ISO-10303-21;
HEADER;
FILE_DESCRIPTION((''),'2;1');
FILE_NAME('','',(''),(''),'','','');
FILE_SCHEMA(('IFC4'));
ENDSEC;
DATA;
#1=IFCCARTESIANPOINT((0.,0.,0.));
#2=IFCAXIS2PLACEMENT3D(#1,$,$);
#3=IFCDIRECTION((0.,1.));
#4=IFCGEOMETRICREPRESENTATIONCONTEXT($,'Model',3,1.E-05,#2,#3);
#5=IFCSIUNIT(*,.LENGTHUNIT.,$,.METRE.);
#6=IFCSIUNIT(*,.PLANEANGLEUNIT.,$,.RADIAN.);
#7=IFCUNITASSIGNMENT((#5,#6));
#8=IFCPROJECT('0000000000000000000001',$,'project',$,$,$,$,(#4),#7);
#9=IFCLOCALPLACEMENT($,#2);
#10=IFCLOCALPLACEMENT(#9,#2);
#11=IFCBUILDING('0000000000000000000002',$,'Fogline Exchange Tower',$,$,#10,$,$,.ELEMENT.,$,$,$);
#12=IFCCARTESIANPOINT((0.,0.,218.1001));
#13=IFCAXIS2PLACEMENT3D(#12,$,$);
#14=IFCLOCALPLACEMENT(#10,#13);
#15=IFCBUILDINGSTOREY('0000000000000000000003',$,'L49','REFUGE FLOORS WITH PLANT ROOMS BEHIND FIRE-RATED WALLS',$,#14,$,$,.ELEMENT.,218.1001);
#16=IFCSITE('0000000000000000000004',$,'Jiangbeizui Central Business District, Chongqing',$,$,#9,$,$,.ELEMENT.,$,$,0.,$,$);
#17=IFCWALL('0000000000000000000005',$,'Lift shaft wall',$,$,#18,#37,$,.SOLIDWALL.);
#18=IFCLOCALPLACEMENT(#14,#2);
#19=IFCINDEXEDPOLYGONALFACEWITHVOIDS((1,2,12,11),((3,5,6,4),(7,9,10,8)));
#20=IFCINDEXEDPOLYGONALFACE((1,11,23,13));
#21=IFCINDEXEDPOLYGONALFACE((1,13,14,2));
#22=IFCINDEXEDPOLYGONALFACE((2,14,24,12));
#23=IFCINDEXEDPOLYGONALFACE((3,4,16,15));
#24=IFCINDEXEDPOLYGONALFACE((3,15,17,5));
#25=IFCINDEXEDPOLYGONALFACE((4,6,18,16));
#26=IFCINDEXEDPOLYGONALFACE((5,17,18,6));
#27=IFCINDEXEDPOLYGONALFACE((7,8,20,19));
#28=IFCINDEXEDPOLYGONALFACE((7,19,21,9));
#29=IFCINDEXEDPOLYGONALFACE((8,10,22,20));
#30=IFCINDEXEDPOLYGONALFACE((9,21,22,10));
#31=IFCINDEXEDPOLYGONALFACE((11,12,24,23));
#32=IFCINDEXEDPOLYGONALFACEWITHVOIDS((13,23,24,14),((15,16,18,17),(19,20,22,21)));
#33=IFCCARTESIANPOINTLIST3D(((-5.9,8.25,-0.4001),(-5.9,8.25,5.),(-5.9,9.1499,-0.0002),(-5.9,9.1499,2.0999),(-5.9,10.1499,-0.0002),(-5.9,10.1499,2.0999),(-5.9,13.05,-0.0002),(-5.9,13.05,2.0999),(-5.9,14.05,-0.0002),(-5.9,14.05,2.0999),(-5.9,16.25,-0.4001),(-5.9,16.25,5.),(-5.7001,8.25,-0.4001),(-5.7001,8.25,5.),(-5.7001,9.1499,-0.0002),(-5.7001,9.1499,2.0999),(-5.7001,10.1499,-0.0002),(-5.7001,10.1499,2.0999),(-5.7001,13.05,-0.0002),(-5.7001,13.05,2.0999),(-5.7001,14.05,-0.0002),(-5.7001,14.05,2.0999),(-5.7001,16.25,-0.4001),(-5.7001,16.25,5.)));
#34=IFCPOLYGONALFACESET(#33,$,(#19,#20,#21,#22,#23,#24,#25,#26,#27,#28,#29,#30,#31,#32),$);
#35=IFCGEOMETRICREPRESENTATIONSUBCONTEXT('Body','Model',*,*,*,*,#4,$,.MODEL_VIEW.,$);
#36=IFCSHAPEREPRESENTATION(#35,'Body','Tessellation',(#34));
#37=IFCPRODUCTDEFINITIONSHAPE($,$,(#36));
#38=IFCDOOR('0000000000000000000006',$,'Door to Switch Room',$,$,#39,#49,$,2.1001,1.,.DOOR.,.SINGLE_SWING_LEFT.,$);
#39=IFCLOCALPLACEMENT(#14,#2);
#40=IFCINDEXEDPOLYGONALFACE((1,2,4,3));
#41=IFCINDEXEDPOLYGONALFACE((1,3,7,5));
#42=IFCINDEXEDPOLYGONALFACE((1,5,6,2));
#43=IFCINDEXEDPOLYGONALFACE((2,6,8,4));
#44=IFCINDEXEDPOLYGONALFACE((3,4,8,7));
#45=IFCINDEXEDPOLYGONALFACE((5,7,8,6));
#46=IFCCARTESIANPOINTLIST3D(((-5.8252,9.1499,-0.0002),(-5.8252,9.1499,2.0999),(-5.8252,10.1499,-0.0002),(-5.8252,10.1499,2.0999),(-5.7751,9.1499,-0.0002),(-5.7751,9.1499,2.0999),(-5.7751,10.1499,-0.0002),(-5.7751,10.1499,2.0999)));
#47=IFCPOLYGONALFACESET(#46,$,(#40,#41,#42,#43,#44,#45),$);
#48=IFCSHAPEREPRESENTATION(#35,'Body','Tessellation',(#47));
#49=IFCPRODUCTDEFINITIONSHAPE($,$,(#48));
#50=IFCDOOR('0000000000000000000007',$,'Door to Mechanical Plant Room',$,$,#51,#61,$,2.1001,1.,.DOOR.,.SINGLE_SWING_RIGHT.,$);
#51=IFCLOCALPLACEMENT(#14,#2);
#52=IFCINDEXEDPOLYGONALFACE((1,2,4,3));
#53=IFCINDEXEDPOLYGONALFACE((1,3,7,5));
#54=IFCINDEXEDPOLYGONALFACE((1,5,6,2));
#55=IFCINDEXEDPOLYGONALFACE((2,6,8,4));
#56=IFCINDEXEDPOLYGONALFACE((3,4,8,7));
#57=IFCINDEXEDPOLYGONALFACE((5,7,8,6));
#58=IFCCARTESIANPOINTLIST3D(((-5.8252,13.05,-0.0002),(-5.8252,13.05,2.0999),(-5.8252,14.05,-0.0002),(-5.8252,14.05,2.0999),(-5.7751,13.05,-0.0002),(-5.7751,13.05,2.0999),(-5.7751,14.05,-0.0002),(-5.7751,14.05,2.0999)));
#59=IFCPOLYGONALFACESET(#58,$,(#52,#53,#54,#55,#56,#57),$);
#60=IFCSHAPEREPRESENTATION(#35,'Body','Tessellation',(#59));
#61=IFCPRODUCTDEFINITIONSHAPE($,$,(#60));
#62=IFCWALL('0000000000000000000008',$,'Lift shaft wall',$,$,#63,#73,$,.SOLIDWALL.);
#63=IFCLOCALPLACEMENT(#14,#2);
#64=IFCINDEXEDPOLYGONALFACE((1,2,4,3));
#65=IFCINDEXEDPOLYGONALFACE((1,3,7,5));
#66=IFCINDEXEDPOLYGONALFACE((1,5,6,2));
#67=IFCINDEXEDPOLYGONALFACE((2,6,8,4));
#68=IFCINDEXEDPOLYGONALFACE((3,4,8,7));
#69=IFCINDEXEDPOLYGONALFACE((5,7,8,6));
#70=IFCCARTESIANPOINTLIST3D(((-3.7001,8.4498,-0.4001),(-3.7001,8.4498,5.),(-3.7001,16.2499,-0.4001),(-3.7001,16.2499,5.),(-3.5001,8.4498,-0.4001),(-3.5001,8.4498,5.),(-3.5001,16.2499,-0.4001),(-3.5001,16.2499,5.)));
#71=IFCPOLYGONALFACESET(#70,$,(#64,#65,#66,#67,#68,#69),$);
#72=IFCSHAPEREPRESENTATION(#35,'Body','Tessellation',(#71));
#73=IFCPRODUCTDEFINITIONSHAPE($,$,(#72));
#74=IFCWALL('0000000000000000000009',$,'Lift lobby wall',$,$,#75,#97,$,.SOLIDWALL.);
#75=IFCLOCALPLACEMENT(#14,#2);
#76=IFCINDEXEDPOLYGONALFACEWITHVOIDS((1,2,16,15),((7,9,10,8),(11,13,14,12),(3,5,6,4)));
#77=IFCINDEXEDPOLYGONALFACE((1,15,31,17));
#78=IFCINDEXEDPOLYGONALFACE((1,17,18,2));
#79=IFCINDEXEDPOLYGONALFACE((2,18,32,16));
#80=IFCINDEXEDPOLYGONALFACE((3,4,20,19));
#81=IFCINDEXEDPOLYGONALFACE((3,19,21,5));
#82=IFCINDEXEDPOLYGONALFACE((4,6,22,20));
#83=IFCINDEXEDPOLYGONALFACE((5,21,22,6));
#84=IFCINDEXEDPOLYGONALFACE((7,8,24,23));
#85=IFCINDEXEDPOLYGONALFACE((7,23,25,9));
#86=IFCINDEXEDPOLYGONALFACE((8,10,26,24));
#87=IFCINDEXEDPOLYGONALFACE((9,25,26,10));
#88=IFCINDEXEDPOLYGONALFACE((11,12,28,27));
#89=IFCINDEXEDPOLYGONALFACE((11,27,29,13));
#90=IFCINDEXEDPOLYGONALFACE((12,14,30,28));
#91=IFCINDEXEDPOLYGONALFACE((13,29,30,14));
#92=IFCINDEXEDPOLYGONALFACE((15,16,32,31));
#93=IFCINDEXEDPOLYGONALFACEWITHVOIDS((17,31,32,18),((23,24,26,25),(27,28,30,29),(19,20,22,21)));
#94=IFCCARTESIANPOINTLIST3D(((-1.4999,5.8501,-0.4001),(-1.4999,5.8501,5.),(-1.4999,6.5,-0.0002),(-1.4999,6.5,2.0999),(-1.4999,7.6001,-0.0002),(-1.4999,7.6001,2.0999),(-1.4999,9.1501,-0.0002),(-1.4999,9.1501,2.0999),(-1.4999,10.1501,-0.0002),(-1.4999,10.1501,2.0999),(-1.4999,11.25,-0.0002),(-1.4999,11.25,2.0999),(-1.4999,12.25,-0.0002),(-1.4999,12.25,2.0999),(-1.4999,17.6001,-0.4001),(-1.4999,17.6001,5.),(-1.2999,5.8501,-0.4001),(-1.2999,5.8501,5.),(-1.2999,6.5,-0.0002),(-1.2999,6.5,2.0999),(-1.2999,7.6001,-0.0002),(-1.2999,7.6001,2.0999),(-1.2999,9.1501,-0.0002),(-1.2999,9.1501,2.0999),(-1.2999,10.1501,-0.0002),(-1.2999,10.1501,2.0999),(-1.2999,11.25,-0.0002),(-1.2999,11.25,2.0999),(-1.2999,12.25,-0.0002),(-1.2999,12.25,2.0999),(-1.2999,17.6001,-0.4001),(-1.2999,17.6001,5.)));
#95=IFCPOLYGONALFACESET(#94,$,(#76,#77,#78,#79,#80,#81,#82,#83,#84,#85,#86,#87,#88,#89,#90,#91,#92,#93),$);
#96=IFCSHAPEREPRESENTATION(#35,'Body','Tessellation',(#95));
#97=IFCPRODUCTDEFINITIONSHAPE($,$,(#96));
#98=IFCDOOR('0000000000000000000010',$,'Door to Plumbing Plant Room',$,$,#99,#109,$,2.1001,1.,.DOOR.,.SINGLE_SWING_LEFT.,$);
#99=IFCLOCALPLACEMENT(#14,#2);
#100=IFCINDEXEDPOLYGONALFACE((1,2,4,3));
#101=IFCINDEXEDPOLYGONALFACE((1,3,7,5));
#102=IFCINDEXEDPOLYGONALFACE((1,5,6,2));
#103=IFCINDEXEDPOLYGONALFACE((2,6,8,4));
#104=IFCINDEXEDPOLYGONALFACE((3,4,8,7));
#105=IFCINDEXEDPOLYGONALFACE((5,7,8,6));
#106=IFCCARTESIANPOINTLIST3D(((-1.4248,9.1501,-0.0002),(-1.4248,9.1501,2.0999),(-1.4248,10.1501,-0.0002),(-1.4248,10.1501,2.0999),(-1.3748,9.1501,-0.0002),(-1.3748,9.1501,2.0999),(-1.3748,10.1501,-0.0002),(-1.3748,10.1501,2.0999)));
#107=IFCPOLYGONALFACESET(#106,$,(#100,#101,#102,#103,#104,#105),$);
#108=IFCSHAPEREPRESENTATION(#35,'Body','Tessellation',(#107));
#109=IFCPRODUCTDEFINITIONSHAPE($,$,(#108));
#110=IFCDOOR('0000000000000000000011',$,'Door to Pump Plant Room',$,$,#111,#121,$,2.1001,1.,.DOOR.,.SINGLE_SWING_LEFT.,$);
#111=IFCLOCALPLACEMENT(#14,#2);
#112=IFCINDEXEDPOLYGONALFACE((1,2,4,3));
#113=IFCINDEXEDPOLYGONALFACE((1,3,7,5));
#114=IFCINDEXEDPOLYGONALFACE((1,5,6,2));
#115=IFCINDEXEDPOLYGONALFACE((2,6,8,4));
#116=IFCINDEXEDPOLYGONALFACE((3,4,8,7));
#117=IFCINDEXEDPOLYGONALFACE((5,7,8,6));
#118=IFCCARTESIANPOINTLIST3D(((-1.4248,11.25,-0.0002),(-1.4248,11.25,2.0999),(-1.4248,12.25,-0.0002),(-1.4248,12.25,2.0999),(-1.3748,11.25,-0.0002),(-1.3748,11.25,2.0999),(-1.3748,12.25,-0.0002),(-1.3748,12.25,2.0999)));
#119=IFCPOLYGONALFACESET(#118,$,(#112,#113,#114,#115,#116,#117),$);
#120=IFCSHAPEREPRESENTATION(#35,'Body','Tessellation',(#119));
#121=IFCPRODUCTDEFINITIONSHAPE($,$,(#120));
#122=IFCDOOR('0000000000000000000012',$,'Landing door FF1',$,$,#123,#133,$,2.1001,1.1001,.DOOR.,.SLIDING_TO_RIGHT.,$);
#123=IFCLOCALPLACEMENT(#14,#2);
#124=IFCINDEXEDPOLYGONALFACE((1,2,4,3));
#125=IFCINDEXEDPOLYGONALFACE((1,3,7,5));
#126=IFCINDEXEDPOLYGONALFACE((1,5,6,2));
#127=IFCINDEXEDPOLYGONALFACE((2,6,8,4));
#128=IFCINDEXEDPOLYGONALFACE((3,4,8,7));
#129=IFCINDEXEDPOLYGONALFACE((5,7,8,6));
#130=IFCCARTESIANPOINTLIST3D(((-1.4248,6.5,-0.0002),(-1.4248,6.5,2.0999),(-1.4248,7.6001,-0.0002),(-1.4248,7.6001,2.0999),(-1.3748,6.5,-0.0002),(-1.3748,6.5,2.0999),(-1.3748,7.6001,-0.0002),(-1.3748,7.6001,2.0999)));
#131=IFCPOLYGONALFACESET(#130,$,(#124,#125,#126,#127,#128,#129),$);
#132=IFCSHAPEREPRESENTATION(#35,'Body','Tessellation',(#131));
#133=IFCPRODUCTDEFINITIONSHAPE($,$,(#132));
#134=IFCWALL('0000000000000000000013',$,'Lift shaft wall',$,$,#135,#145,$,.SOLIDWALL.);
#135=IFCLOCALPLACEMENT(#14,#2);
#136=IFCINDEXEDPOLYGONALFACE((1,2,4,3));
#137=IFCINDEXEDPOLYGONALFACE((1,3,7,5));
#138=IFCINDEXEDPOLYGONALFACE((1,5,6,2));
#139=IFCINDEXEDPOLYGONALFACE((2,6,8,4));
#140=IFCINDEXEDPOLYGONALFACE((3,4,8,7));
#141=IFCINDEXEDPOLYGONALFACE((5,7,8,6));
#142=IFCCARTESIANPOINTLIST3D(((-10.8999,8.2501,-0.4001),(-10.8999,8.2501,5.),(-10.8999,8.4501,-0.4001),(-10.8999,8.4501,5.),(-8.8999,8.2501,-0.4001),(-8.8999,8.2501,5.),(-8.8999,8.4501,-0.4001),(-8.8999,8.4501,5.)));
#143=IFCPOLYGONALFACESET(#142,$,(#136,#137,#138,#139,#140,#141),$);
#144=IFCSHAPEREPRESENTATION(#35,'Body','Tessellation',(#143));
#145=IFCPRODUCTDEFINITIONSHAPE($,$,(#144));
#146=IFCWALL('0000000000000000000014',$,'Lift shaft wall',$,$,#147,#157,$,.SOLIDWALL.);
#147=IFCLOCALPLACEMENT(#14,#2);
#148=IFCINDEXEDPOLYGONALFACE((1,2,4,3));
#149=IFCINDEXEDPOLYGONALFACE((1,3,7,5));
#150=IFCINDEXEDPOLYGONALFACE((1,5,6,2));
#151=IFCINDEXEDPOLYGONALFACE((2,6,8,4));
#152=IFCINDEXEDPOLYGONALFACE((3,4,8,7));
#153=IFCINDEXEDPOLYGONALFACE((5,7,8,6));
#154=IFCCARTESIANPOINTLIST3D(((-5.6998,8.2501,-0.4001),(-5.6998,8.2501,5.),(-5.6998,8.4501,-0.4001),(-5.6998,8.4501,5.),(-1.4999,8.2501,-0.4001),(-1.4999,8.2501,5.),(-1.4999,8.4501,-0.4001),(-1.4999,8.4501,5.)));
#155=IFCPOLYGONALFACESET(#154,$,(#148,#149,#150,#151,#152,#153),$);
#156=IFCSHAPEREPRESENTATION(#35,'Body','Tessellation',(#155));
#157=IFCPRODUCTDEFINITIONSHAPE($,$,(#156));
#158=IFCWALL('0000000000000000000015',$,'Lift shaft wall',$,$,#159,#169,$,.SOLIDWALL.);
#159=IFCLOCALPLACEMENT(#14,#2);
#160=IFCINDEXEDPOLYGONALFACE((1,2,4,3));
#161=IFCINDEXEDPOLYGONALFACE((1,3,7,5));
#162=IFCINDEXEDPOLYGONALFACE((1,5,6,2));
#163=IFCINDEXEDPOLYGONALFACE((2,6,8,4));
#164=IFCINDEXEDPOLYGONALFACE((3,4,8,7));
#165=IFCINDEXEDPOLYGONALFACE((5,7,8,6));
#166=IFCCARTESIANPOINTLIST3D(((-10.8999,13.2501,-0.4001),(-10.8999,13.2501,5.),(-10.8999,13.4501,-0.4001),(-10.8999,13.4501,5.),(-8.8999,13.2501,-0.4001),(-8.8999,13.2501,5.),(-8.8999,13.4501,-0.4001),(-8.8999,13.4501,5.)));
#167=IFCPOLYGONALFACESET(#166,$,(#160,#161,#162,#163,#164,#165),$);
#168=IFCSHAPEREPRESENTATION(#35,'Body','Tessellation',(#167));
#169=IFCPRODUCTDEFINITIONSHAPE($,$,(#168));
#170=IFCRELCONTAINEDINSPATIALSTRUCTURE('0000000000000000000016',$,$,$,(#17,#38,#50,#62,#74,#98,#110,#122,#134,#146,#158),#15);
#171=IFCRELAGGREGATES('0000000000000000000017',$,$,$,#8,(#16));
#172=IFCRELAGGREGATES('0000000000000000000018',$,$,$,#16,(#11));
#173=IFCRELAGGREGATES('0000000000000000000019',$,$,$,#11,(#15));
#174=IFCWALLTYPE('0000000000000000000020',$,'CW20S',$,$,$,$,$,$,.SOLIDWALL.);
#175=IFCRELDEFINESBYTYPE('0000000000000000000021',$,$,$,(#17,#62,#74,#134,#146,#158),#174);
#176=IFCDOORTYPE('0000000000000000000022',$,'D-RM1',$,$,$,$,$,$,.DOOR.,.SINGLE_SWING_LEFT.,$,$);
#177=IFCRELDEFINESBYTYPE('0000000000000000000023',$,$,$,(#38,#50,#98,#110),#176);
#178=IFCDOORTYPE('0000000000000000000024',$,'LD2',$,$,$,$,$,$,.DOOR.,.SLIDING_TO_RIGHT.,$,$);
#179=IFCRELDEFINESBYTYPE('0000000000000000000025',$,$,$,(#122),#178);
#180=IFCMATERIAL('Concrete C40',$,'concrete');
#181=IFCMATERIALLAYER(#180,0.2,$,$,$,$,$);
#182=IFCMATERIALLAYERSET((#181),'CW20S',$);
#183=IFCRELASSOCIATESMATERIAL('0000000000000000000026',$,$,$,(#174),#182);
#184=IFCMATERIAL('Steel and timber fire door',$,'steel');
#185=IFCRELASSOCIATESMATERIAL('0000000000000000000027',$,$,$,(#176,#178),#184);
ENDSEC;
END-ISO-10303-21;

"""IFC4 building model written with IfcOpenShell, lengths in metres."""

from ifc_helpers import new_model, si_unit, direction, frame, frame_2d, origin, place, context, subcontext, project, spatial, rectangle, extrude, material, layer, layer_set, type_object, element, fill, save


model = new_model("IFC4")

# Units and contexts
model_context = context("Model", 3, precision=1e-05, world=origin(), true_north=direction((0.0, 1.0)))
body_context = subcontext(model_context, "Body", "Model", "MODEL_VIEW")
ifc_project = project(units=[si_unit("LENGTHUNIT", "METRE"), si_unit("PLANEANGLEUNIT", "RADIAN")], contexts=[model_context])

# Site, building, storey
site_placement = place(None, origin())
site = spatial("IfcSite", under=ifc_project, at=site_placement, Name="Jiangbeizui Central Business District, Chongqing", CompositionType="ELEMENT", RefElevation=0.0)
building_placement = place(site_placement, origin())
building = spatial("IfcBuilding", under=site, at=building_placement, Name="Fogline Exchange Tower", CompositionType="ELEMENT")
storey_placement = place(building_placement, frame((0.0, 0.0, 218.1001)))
storey = spatial("IfcBuildingStorey", under=building, at=storey_placement, Name="L49", Description="REFUGE FLOORS WITH PLANT ROOMS BEHIND FIRE-RATED WALLS", CompositionType="ELEMENT", Elevation=218.1001)

# Shared definitions
ifc_material_1 = material(Name="Steel and timber fire door", Category="steel")

# Shared definitions
ifc_material_2 = material(Name="Concrete C40", Category="concrete")

# Wall, openings, doors
ifc_layer_1 = layer(ifc_material_2, 0.2)
ifc_layer_set_1 = layer_set([ifc_layer_1], Name="CW20S")
wall_type_1 = type_object("IfcWallType", Name="CW20S", PredefinedType="SOLIDWALL", material=ifc_layer_set_1)
door_type_1 = type_object("IfcDoorType", Name="D-RM1", OperationType="SINGLE_SWING_LEFT", PredefinedType="DOOR", material=ifc_material_1)
wall_1_placement = place(storey_placement, frame((-5.8, 8.25, -0.4001), z_axis=(0.0, 0.0, 1.0), x_axis=(0.0, 1.0, 0.0)))
wall_1 = element("IfcWall", 1, at=wall_1_placement, inside=storey, type_object=wall_type_1, Name="Lift shaft wall", PredefinedType="SOLIDWALL", context=body_context, shape_type="SweptSolid", body=[
    extrude(rectangle(XDim=8.0, YDim=0.2, at=frame_2d((4.0, 0.0))), origin(), (0.0, 0.0, 1.0), 5.4001),
])
opening_1_placement = place(wall_1_placement, frame((0.8999, 0.0, 0.3999)))
opening_1 = element("IfcOpeningElement", 2, at=opening_1_placement, cuts=wall_1, PredefinedType="OPENING", context=body_context, shape_type="SweptSolid", body=[
    extrude(rectangle(XDim=1.0, YDim=2.1001, at=frame_2d((0.5, 1.05))), frame((0.0, 0.1099, 0.0), z_axis=(0.0, -1.0, 0.0), x_axis=(1.0, 0.0, 0.0)), (0.0, 0.0, 1.0), 0.22),
])
opening_2_placement = place(wall_1_placement, frame((4.8, 0.0, 0.3999)))
opening_2 = element("IfcOpeningElement", 3, at=opening_2_placement, cuts=wall_1, PredefinedType="OPENING", context=body_context, shape_type="SweptSolid", body=[
    extrude(rectangle(XDim=1.0, YDim=2.1001, at=frame_2d((0.5, 1.05))), frame((0.0, 0.1099, 0.0), z_axis=(0.0, -1.0, 0.0), x_axis=(1.0, 0.0, 0.0)), (0.0, 0.0, 1.0), 0.22),
])
door_1_placement = place(opening_1_placement, frame((1.0, 0.0, 0.0), z_axis=(0.0, 0.0, 1.0), x_axis=(-1.0, 0.0, 0.0)))
door_1 = element("IfcDoor", 4, at=door_1_placement, inside=storey, type_object=door_type_1, Name="Door to Switch Room", OperationType="SINGLE_SWING_LEFT", OverallHeight=2.1001, OverallWidth=1.0, PredefinedType="DOOR", context=body_context, shape_type="SweptSolid", body=[
    extrude(rectangle(XDim=1.0, YDim=2.1001, at=frame_2d((0.5, 1.05))), frame((0.0, 0.0249, 0.0), z_axis=(0.0, -1.0, 0.0), x_axis=(1.0, 0.0, 0.0)), (0.0, 0.0, 1.0), 0.05),
])
fill(opening_1, door_1)
door_2_placement = place(opening_2_placement, frame((1.0, 0.0, 0.0), z_axis=(0.0, 0.0, 1.0), x_axis=(-1.0, 0.0, 0.0)))
door_2 = element("IfcDoor", 5, at=door_2_placement, inside=storey, type_object=door_type_1, Name="Door to Mechanical Plant Room", OperationType="SINGLE_SWING_RIGHT", OverallHeight=2.1001, OverallWidth=1.0, PredefinedType="DOOR", context=body_context, shape_type="SweptSolid", body=[
    extrude(rectangle(XDim=1.0, YDim=2.1001, at=frame_2d((0.5, 1.05))), frame((0.0, 0.0249, 0.0), z_axis=(0.0, -1.0, 0.0), x_axis=(1.0, 0.0, 0.0)), (0.0, 0.0, 1.0), 0.05),
])
fill(opening_2, door_2)

# Wall
wall_2_placement = place(storey_placement, frame((-3.6001, 8.45, -0.4001), z_axis=(0.0, 0.0, 1.0), x_axis=(0.0, 1.0, 0.0)))
element("IfcWall", 6, at=wall_2_placement, inside=storey, type_object=wall_type_1, Name="Lift shaft wall", PredefinedType="SOLIDWALL", context=body_context, shape_type="SweptSolid", body=[
    extrude(rectangle(XDim=7.8, YDim=0.2, at=frame_2d((3.8999, 0.0))), origin(), (0.0, 0.0, 1.0), 5.4001),
])

# Wall, openings, doors
wall_3_placement = place(storey_placement, frame((-1.3999, 5.8501, -0.4001), z_axis=(0.0, 0.0, 1.0), x_axis=(0.0, 1.0, 0.0)))
wall_3 = element("IfcWall", 7, at=wall_3_placement, inside=storey, type_object=wall_type_1, Name="Lift lobby wall", PredefinedType="SOLIDWALL", context=body_context, shape_type="SweptSolid", body=[
    extrude(rectangle(XDim=11.75, YDim=0.2, at=frame_2d((5.875, 0.0))), origin(), (0.0, 0.0, 1.0), 5.4001),
])
opening_3_placement = place(wall_3_placement, frame((0.6499, 0.0, 0.3999)))
opening_3 = element("IfcOpeningElement", 8, at=opening_3_placement, cuts=wall_3, PredefinedType="OPENING", context=body_context, shape_type="SweptSolid", body=[
    extrude(rectangle(XDim=1.1001, YDim=2.1001, at=frame_2d((0.55, 1.05))), frame((0.0, 0.1099, 0.0), z_axis=(0.0, -1.0, 0.0), x_axis=(1.0, 0.0, 0.0)), (0.0, 0.0, 1.0), 0.22),
])
opening_4_placement = place(wall_3_placement, frame((3.3, 0.0, 0.3999)))
opening_4 = element("IfcOpeningElement", 9, at=opening_4_placement, cuts=wall_3, PredefinedType="OPENING", context=body_context, shape_type="SweptSolid", body=[
    extrude(rectangle(XDim=1.0, YDim=2.1001, at=frame_2d((0.5, 1.05))), frame((0.0, 0.1099, 0.0), z_axis=(0.0, -1.0, 0.0), x_axis=(1.0, 0.0, 0.0)), (0.0, 0.0, 1.0), 0.22),
])
opening_5_placement = place(wall_3_placement, frame((5.3999, 0.0, 0.3999)))
opening_5 = element("IfcOpeningElement", 10, at=opening_5_placement, cuts=wall_3, PredefinedType="OPENING", context=body_context, shape_type="SweptSolid", body=[
    extrude(rectangle(XDim=1.0, YDim=2.1001, at=frame_2d((0.5, 1.05))), frame((0.0, 0.1099, 0.0), z_axis=(0.0, -1.0, 0.0), x_axis=(1.0, 0.0, 0.0)), (0.0, 0.0, 1.0), 0.22),
])
door_3_placement = place(opening_4_placement, origin())
door_3 = element("IfcDoor", 11, at=door_3_placement, inside=storey, type_object=door_type_1, Name="Door to Plumbing Plant Room", OperationType="SINGLE_SWING_LEFT", OverallHeight=2.1001, OverallWidth=1.0, PredefinedType="DOOR", context=body_context, shape_type="SweptSolid", body=[
    extrude(rectangle(XDim=1.0, YDim=2.1001, at=frame_2d((0.5, 1.05))), frame((0.0, 0.0249, 0.0), z_axis=(0.0, -1.0, 0.0), x_axis=(1.0, 0.0, 0.0)), (0.0, 0.0, 1.0), 0.05),
])
fill(opening_4, door_3)
door_4_placement = place(opening_5_placement, origin())
door_4 = element("IfcDoor", 12, at=door_4_placement, inside=storey, type_object=door_type_1, Name="Door to Pump Plant Room", OperationType="SINGLE_SWING_LEFT", OverallHeight=2.1001, OverallWidth=1.0, PredefinedType="DOOR", context=body_context, shape_type="SweptSolid", body=[
    extrude(rectangle(XDim=1.0, YDim=2.1001, at=frame_2d((0.5, 1.05))), frame((0.0, 0.0249, 0.0), z_axis=(0.0, -1.0, 0.0), x_axis=(1.0, 0.0, 0.0)), (0.0, 0.0, 1.0), 0.05),
])
fill(opening_5, door_4)
door_type_2 = type_object("IfcDoorType", Name="LD2", OperationType="SLIDING_TO_RIGHT", PredefinedType="DOOR", material=ifc_material_1)
door_5_placement = place(opening_3_placement, origin())
door_5 = element("IfcDoor", 13, at=door_5_placement, inside=storey, type_object=door_type_2, Name="Landing door FF1", OperationType="SLIDING_TO_RIGHT", OverallHeight=2.1001, OverallWidth=1.1001, PredefinedType="DOOR", context=body_context, shape_type="SweptSolid", body=[
    extrude(rectangle(XDim=1.1001, YDim=2.1001, at=frame_2d((0.55, 1.05))), frame((0.0, 0.0249, 0.0), z_axis=(0.0, -1.0, 0.0), x_axis=(1.0, 0.0, 0.0)), (0.0, 0.0, 1.0), 0.05),
])
fill(opening_3, door_5)

# Walls
wall_4_placement = place(storey_placement, frame((-10.8999, 8.3501, -0.4001), z_axis=(0.0, 0.0, 1.0), x_axis=(1.0, 0.0, 0.0)))
element("IfcWall", 14, at=wall_4_placement, inside=storey, type_object=wall_type_1, Name="Lift shaft wall", PredefinedType="SOLIDWALL", context=body_context, shape_type="SweptSolid", body=[
    extrude(rectangle(XDim=2.0, YDim=0.2, at=frame_2d((1.0, 0.0))), origin(), (0.0, 0.0, 1.0), 5.4001),
])
wall_5_placement = place(storey_placement, frame((-5.7, 8.3501, -0.4001), z_axis=(0.0, 0.0, 1.0), x_axis=(1.0, 0.0, 0.0)))
element("IfcWall", 15, at=wall_5_placement, inside=storey, type_object=wall_type_1, Name="Lift shaft wall", PredefinedType="SOLIDWALL", context=body_context, shape_type="SweptSolid", body=[
    extrude(rectangle(XDim=4.2, YDim=0.2, at=frame_2d((2.1001, 0.0))), origin(), (0.0, 0.0, 1.0), 5.4001),
])
wall_6_placement = place(storey_placement, frame((-10.8999, 13.3501, -0.4001), z_axis=(0.0, 0.0, 1.0), x_axis=(1.0, 0.0, 0.0)))
element("IfcWall", 16, at=wall_6_placement, inside=storey, type_object=wall_type_1, Name="Lift shaft wall", PredefinedType="SOLIDWALL", context=body_context, shape_type="SweptSolid", body=[
    extrude(rectangle(XDim=2.0, YDim=0.2, at=frame_2d((1.0, 0.0))), origin(), (0.0, 0.0, 1.0), 5.4001),
])

save(model, "model.ifc")
